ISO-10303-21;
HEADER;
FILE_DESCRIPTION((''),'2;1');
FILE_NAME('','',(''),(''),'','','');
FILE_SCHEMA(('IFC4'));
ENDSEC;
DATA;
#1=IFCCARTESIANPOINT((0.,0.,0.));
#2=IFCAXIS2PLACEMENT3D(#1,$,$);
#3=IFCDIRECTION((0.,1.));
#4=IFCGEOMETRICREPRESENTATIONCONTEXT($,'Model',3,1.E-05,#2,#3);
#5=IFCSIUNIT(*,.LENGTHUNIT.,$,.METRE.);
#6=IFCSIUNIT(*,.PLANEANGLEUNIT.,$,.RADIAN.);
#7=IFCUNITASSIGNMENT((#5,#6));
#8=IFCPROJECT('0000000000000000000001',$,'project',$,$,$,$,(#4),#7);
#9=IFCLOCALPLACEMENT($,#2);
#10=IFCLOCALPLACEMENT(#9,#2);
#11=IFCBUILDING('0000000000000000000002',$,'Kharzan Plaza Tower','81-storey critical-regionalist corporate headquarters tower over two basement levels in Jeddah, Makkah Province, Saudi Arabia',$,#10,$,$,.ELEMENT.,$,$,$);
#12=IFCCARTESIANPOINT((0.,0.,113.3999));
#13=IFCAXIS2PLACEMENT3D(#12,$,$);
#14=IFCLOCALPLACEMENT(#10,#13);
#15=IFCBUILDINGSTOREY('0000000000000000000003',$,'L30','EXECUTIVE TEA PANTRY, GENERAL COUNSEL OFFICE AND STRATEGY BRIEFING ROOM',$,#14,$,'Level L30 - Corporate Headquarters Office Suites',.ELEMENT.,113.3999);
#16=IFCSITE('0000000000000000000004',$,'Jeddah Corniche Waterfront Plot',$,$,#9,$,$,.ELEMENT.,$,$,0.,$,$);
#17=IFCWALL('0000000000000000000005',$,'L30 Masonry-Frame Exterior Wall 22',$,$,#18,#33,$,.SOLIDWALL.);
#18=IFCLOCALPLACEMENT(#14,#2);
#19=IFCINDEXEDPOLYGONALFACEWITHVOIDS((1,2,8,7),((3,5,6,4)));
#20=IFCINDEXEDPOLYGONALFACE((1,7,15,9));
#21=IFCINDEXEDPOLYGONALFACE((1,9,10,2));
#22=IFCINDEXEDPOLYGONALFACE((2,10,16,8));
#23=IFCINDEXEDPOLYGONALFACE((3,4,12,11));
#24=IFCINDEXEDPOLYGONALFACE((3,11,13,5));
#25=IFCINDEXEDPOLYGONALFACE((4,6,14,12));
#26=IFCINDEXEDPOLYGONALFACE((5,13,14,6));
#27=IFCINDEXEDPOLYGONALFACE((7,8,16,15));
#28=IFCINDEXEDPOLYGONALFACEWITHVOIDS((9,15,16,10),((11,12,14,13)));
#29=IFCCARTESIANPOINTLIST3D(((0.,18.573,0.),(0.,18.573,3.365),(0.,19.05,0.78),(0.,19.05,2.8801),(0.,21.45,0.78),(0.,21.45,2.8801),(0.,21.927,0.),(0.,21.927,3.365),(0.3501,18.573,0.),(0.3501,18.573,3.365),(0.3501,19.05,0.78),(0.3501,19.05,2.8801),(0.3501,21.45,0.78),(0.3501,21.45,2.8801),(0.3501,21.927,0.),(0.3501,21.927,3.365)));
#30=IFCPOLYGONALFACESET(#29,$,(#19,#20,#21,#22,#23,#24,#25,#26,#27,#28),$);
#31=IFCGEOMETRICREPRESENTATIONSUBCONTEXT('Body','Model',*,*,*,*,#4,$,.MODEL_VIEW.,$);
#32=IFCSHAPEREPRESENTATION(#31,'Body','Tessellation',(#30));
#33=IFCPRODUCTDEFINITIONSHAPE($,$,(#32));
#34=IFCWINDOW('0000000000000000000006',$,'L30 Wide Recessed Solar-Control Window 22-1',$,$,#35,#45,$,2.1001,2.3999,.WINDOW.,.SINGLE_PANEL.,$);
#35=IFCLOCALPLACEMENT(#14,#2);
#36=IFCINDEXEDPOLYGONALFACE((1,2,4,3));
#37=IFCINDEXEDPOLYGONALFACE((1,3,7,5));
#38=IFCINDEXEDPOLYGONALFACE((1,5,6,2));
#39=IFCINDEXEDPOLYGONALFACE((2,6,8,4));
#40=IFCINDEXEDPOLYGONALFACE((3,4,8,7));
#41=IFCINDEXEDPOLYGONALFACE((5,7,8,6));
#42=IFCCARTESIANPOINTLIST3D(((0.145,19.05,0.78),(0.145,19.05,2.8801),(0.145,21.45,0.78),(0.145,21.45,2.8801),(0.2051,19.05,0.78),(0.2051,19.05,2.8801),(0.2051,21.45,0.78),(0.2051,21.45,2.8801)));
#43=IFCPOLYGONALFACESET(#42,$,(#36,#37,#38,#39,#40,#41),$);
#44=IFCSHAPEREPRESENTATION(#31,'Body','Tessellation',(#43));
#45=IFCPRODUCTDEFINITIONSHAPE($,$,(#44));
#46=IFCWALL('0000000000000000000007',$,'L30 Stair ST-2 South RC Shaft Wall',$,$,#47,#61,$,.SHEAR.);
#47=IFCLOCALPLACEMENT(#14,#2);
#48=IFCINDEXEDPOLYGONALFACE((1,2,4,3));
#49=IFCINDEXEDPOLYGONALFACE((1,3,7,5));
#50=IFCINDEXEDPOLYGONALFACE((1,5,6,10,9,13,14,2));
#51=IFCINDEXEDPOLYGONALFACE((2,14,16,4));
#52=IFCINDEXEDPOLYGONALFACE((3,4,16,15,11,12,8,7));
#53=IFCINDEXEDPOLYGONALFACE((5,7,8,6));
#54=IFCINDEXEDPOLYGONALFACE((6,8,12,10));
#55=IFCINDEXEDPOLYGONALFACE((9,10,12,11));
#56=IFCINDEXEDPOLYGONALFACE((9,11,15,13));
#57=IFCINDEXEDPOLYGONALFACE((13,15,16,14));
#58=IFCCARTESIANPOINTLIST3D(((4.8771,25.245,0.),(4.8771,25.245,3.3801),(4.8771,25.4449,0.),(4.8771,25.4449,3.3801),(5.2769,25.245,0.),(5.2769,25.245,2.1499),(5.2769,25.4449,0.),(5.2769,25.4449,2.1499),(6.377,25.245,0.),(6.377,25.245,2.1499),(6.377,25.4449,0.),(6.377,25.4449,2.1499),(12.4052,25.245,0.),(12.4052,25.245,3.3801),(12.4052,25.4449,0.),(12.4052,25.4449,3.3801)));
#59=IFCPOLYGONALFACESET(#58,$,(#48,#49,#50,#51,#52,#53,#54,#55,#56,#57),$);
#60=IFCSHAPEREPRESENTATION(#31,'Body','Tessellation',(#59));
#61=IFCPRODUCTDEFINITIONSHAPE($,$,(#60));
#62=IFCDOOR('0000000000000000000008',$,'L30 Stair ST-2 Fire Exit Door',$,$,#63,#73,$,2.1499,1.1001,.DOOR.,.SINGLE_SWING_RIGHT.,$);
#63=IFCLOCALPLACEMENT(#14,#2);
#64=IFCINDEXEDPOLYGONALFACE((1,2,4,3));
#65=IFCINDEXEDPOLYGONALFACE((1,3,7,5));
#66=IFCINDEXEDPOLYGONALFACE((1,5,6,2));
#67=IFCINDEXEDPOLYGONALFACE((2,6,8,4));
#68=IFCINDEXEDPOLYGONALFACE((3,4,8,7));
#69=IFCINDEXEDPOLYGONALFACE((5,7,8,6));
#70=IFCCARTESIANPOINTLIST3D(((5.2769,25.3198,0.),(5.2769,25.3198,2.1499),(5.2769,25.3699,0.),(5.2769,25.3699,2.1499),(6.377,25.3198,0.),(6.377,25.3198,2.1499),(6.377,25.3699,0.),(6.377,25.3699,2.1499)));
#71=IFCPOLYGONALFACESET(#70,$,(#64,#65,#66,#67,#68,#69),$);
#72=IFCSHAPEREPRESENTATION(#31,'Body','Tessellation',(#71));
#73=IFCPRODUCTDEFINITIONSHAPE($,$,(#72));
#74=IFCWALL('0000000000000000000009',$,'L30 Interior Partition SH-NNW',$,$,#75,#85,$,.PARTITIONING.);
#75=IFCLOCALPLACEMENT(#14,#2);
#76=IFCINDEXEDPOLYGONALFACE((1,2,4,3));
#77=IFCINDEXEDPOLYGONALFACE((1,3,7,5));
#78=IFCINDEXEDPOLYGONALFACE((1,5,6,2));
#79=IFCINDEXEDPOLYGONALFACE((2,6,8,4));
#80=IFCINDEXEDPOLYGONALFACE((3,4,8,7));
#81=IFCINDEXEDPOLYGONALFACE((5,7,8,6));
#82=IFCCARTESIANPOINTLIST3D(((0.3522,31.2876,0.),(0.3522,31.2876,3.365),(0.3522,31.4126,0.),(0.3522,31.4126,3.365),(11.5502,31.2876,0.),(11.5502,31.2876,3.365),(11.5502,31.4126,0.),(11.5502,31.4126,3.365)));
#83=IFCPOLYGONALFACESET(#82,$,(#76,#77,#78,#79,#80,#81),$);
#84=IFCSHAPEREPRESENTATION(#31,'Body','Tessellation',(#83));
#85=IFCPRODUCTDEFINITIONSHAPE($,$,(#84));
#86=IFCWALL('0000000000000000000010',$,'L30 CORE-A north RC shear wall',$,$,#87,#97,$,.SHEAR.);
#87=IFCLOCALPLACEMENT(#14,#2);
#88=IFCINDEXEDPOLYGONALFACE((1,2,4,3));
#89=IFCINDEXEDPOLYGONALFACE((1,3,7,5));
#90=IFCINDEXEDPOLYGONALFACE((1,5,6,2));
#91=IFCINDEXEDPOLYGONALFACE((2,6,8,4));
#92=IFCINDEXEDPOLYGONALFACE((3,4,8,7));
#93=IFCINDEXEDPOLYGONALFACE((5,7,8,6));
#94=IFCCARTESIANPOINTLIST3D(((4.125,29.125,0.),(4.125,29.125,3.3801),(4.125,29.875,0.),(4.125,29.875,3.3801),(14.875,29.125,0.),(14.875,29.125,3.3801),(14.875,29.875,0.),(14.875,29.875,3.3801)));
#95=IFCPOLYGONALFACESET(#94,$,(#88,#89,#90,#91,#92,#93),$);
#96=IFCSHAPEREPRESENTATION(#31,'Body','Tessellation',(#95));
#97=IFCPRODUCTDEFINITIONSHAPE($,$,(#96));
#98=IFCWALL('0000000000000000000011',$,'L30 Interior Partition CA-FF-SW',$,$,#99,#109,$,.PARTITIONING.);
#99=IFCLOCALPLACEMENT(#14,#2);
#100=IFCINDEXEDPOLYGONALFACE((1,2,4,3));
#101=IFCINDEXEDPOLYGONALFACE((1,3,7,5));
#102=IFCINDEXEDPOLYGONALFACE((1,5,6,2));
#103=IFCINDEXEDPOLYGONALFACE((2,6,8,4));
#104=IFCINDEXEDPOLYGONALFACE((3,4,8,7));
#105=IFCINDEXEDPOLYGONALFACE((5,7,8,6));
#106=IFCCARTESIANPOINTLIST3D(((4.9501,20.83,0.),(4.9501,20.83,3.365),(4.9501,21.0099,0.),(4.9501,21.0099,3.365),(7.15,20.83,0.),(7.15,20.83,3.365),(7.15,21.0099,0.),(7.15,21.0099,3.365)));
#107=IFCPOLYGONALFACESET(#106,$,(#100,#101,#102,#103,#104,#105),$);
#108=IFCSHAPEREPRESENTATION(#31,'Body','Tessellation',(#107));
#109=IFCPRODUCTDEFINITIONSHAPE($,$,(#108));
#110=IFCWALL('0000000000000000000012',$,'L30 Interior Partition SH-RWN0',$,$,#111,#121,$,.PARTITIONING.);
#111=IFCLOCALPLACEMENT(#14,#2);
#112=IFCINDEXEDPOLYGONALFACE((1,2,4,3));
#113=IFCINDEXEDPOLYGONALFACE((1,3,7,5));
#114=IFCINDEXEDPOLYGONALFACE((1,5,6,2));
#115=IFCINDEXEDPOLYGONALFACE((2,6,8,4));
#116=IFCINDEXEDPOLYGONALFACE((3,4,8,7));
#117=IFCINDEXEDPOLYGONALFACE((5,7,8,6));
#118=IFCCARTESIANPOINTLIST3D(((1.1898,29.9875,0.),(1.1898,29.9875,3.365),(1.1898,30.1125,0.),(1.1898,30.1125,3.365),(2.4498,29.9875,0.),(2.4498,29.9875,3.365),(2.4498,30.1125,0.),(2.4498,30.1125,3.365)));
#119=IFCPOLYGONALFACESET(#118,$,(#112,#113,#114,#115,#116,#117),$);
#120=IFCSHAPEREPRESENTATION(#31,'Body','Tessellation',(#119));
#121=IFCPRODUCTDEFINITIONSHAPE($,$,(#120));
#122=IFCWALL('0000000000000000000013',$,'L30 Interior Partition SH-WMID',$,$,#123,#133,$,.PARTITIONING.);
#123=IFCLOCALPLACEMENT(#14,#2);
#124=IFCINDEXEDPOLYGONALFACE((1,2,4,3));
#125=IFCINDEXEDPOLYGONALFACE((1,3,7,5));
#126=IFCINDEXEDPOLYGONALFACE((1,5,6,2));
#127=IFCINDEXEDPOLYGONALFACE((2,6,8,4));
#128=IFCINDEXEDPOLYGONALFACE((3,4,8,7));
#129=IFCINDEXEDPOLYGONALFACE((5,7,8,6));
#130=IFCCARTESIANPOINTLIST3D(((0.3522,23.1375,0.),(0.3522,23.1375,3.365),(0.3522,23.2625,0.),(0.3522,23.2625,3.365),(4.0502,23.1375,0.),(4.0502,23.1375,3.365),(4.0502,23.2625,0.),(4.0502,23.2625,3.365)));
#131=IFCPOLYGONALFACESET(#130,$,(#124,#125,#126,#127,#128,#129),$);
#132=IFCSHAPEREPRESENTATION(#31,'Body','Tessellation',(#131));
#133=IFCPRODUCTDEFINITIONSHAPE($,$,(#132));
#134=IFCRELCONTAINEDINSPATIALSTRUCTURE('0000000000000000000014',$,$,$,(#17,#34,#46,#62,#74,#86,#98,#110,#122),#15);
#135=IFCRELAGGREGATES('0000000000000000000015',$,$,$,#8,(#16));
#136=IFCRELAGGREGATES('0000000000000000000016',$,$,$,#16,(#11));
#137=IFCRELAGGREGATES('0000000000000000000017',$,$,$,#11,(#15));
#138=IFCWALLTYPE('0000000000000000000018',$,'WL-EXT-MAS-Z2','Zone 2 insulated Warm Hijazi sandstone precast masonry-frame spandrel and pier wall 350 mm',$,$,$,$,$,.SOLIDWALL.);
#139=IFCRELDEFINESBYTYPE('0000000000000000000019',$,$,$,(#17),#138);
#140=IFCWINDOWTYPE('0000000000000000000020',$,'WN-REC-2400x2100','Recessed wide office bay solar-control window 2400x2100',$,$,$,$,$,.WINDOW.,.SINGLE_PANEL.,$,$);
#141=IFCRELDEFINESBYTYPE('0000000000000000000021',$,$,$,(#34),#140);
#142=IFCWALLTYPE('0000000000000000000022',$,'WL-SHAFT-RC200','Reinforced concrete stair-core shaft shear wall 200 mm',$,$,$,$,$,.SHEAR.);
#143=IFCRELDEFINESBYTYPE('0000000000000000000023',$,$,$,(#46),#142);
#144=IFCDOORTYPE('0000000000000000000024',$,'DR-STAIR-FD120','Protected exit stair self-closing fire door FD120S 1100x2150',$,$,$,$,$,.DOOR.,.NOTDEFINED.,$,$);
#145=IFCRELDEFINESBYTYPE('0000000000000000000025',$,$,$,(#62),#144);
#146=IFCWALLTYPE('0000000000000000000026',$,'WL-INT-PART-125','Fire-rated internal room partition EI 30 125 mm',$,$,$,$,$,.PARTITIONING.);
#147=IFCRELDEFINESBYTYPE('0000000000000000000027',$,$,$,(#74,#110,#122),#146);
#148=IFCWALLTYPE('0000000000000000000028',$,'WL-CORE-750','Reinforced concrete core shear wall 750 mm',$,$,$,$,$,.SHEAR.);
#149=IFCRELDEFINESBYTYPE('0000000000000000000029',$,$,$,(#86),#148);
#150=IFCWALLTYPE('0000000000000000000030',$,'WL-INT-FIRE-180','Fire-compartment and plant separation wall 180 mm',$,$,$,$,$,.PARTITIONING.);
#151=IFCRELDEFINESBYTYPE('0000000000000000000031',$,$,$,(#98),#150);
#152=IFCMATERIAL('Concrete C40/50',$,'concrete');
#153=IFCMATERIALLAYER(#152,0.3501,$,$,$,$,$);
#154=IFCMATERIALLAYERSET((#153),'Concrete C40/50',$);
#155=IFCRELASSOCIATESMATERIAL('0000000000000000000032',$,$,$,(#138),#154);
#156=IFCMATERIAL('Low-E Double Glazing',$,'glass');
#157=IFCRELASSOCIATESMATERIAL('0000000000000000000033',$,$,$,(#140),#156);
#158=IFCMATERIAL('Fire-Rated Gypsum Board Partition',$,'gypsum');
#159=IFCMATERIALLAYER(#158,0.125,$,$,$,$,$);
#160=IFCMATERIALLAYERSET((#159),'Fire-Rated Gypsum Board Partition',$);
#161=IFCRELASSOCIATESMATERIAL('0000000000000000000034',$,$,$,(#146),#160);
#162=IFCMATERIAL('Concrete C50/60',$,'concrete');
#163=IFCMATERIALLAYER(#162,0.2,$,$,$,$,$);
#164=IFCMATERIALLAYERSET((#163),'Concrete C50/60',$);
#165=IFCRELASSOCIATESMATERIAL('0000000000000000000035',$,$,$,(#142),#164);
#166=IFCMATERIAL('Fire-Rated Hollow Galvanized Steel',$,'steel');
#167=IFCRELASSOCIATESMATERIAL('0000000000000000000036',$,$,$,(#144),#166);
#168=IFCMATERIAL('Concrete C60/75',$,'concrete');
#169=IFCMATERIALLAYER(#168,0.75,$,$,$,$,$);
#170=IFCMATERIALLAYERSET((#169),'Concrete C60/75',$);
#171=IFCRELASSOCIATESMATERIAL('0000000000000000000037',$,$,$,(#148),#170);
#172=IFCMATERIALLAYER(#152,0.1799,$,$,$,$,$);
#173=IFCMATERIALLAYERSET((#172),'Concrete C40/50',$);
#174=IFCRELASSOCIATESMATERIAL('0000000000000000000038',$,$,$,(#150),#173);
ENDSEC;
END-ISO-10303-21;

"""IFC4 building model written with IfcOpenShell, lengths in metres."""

from ifc_helpers import new_model, si_unit, direction, frame, frame_2d, origin, place, context, subcontext, project, spatial, rectangle, extrude, source, transform, mapped, material, layer, layer_set, type_object, element, fill, save


model = new_model("IFC4")

# Units and contexts
model_context = context("Model", 3, precision=1e-05, world=origin(), true_north=direction((0.0, 1.0)))
body_context = subcontext(model_context, "Body", "Model", "MODEL_VIEW")
ifc_project = project(units=[si_unit("LENGTHUNIT", "METRE"), si_unit("PLANEANGLEUNIT", "RADIAN")], contexts=[model_context])

# Site, building, storey
site_placement = place(None, origin())
site = spatial("IfcSite", under=ifc_project, at=site_placement, Name="Jeddah Corniche Waterfront Plot", CompositionType="ELEMENT", RefElevation=0.0)
building_placement = place(site_placement, origin())
building = spatial("IfcBuilding", under=site, at=building_placement, Name="Kharzan Plaza Tower", Description="81-storey critical-regionalist corporate headquarters tower over two basement levels in Jeddah, Makkah Province, Saudi Arabia", CompositionType="ELEMENT")
storey_placement = place(building_placement, frame((0.0, 0.0, 113.3999)))
storey = spatial("IfcBuildingStorey", under=building, at=storey_placement, Name="L30", Description="EXECUTIVE TEA PANTRY, GENERAL COUNSEL OFFICE AND STRATEGY BRIEFING ROOM", LongName="Level L30 - Corporate Headquarters Office Suites", CompositionType="ELEMENT", Elevation=113.3999)

# Shared definitions
ifc_material_1 = material(Name="Concrete C60/75", Category="concrete")

# Wall, opening, window
ifc_material_2 = material(Name="Concrete C40/50", Category="concrete")
ifc_layer_1 = layer(ifc_material_2, 0.3501)
ifc_layer_set_1 = layer_set([ifc_layer_1], Name="Concrete C40/50")
wall_type_1 = type_object("IfcWallType", Name="WL-EXT-MAS-Z2", Description="Zone 2 insulated Warm Hijazi sandstone precast masonry-frame spandrel and pier wall 350 mm", PredefinedType="SOLIDWALL", material=ifc_layer_set_1)
ifc_material_3 = material(Name="Low-E Double Glazing", Category="glass")
wall_1_placement = place(storey_placement, frame((0.175, 21.927, 0.0), z_axis=(0.0, 0.0, 1.0), x_axis=(0.0, -1.0, 0.0)))
wall_1 = element("IfcWall", 1, at=wall_1_placement, inside=storey, type_object=wall_type_1, Name="L30 Masonry-Frame Exterior Wall 22", PredefinedType="SOLIDWALL", context=body_context, shape_type="SweptSolid", body=[
    extrude(rectangle(XDim=3.354, YDim=0.3501, at=frame_2d((1.677, 0.0))), origin(), (0.0, 0.0, 1.0), 3.365),
])
opening_1_placement = place(wall_1_placement, frame((0.4771, 0.0, 0.78)))
opening_1 = element("IfcOpeningElement", 2, at=opening_1_placement, cuts=wall_1, PredefinedType="OPENING", context=body_context, shape_type="SweptSolid", body=[
    extrude(rectangle(XDim=2.3999, YDim=2.1001, at=frame_2d((1.2, 1.05))), frame((0.0, 0.1851, 0.0), z_axis=(0.0, -1.0, 0.0), x_axis=(1.0, 0.0, 0.0)), (0.0, 0.0, 1.0), 0.3701),
])
window_type_1 = type_object("IfcWindowType", Name="WN-REC-2400x2100", Description="Recessed wide office bay solar-control window 2400x2100", PartitioningType="SINGLE_PANEL", PredefinedType="WINDOW", material=ifc_material_3)
shared_shape_1 = source(origin(), body_context, "Body", "SweptSolid", [
    extrude(rectangle(XDim=2.3999, YDim=2.1001, at=frame_2d((1.2, 1.05))), frame((0.0, 0.03, 0.0), z_axis=(0.0, -1.0, 0.0), x_axis=(1.0, 0.0, 0.0)), (0.0, 0.0, 1.0), 0.0601),
])
window_1_placement = place(opening_1_placement, origin())
window_1 = element("IfcWindow", 3, at=window_1_placement, inside=storey, type_object=window_type_1, Name="L30 Wide Recessed Solar-Control Window 22-1", OverallHeight=2.1001, OverallWidth=2.3999, PartitioningType="SINGLE_PANEL", PredefinedType="WINDOW", context=body_context, shape_type="MappedRepresentation", body=[
    mapped(shared_shape_1, transform((0.0, 0.0, 0.0), x_axis=(1.0, 0.0, 0.0), y_axis=(0.0, 1.0, 0.0), z_axis=(0.0, 0.0, 1.0))),
])
fill(opening_1, window_1)

# Wall, opening, door
ifc_material_4 = material(Name="Fire-Rated Gypsum Board Partition", Category="gypsum")
ifc_layer_2 = layer(ifc_material_4, 0.125)
ifc_layer_set_2 = layer_set([ifc_layer_2], Name="Fire-Rated Gypsum Board Partition")
wall_type_2 = type_object("IfcWallType", Name="WL-INT-PART-125", Description="Fire-rated internal room partition EI 30 125 mm", PredefinedType="PARTITIONING", material=ifc_layer_set_2)
ifc_material_5 = material(Name="Concrete C50/60", Category="concrete")
ifc_layer_3 = layer(ifc_material_5, 0.2)
ifc_layer_set_3 = layer_set([ifc_layer_3], Name="Concrete C50/60")
wall_type_3 = type_object("IfcWallType", Name="WL-SHAFT-RC200", Description="Reinforced concrete stair-core shaft shear wall 200 mm", PredefinedType="SHEAR", material=ifc_layer_set_3)
wall_2_placement = place(storey_placement, frame((4.877, 25.345, 0.0), z_axis=(0.0, 0.0, 1.0), x_axis=(1.0, 0.0, 0.0)))
wall_2 = element("IfcWall", 4, at=wall_2_placement, inside=storey, type_object=wall_type_3, Name="L30 Stair ST-2 South RC Shaft Wall", PredefinedType="SHEAR", context=body_context, shape_type="SweptSolid", body=[
    extrude(rectangle(XDim=7.5281, YDim=0.2, at=frame_2d((3.7642, 0.0))), origin(), (0.0, 0.0, 1.0), 3.3801),
])
opening_2_placement = place(wall_2_placement, frame((0.3999, 0.0, 0.0)))
opening_2 = element("IfcOpeningElement", 5, at=opening_2_placement, cuts=wall_2, PredefinedType="OPENING", context=body_context, shape_type="SweptSolid", body=[
    extrude(rectangle(XDim=1.1001, YDim=2.1499, at=frame_2d((0.55, 1.075))), frame((0.0, 0.1099, 0.0), z_axis=(0.0, -1.0, 0.0), x_axis=(1.0, 0.0, 0.0)), (0.0, 0.0, 1.0), 0.22),
])
ifc_material_6 = material(Name="Fire-Rated Hollow Galvanized Steel", Category="steel")
door_type_1 = type_object("IfcDoorType", Name="DR-STAIR-FD120", Description="Protected exit stair self-closing fire door FD120S 1100x2150", OperationType="NOTDEFINED", PredefinedType="DOOR", material=ifc_material_6)
shared_shape_2 = source(origin(), body_context, "Body", "SweptSolid", [
    extrude(rectangle(XDim=1.1001, YDim=2.1499, at=frame_2d((0.55, 1.075))), frame((0.0, 0.0249, 0.0), z_axis=(0.0, -1.0, 0.0), x_axis=(1.0, 0.0, 0.0)), (0.0, 0.0, 1.0), 0.05),
])
door_1_placement = place(opening_2_placement, origin())
door_1 = element("IfcDoor", 6, at=door_1_placement, inside=storey, type_object=door_type_1, Name="L30 Stair ST-2 Fire Exit Door", OperationType="SINGLE_SWING_RIGHT", OverallHeight=2.1499, OverallWidth=1.1001, PredefinedType="DOOR", context=body_context, shape_type="MappedRepresentation", body=[
    mapped(shared_shape_2, transform((0.0, 0.0, 0.0), x_axis=(1.0, 0.0, 0.0), y_axis=(0.0, 1.0, 0.0), z_axis=(0.0, 0.0, 1.0))),
])
fill(opening_2, door_1)

# Walls
shared_shape_3 = source(origin(), body_context, "Body", "SweptSolid", [
    extrude(rectangle(XDim=11.198, YDim=0.125, at=frame_2d((5.5991, 0.0))), origin(), (0.0, 0.0, 1.0), 3.365),
])
wall_3_placement = place(storey_placement, frame((0.3521, 31.3501, 0.0), z_axis=(0.0, 0.0, 1.0), x_axis=(1.0, 0.0, 0.0)))
element("IfcWall", 7, at=wall_3_placement, inside=storey, type_object=wall_type_2, Name="L30 Interior Partition SH-NNW", PredefinedType="PARTITIONING", context=body_context, shape_type="MappedRepresentation", body=[
    mapped(shared_shape_3, transform((0.0, 0.0, 0.0), x_axis=(1.0, 0.0, 0.0), y_axis=(0.0, 1.0, 0.0), z_axis=(0.0, 0.0, 1.0))),
])
ifc_layer_4 = layer(ifc_material_1, 0.75)
ifc_layer_set_4 = layer_set([ifc_layer_4], Name="Concrete C60/75")
wall_type_4 = type_object("IfcWallType", Name="WL-CORE-750", Description="Reinforced concrete core shear wall 750 mm", PredefinedType="SHEAR", material=ifc_layer_set_4)
shared_shape_4 = source(origin(), body_context, "Body", "SweptSolid", [
    extrude(rectangle(XDim=10.75, YDim=0.75, at=frame_2d((5.375, 0.0))), origin(), (0.0, 0.0, 1.0), 3.3801),
])
wall_4_placement = place(storey_placement, frame((4.125, 29.5, 0.0), z_axis=(0.0, 0.0, 1.0), x_axis=(1.0, 0.0, 0.0)))
element("IfcWall", 8, at=wall_4_placement, inside=storey, type_object=wall_type_4, Name="L30 CORE-A north RC shear wall", PredefinedType="SHEAR", context=body_context, shape_type="MappedRepresentation", body=[
    mapped(shared_shape_4, transform((0.0, 0.0, 0.0), x_axis=(1.0, 0.0, 0.0), y_axis=(0.0, 1.0, 0.0), z_axis=(0.0, 0.0, 1.0))),
])
ifc_layer_5 = layer(ifc_material_2, 0.1799)
ifc_layer_set_5 = layer_set([ifc_layer_5], Name="Concrete C40/50")
wall_type_5 = type_object("IfcWallType", Name="WL-INT-FIRE-180", Description="Fire-compartment and plant separation wall 180 mm", PredefinedType="PARTITIONING", material=ifc_layer_set_5)
shared_shape_5 = source(origin(), body_context, "Body", "SweptSolid", [
    extrude(rectangle(XDim=2.2, YDim=0.1799, at=frame_2d((1.1001, 0.0))), origin(), (0.0, 0.0, 1.0), 3.365),
])
wall_5_placement = place(storey_placement, frame((4.95, 20.9199, 0.0), z_axis=(0.0, 0.0, 1.0), x_axis=(1.0, 0.0, 0.0)))
element("IfcWall", 9, at=wall_5_placement, inside=storey, type_object=wall_type_5, Name="L30 Interior Partition CA-FF-SW", PredefinedType="PARTITIONING", context=body_context, shape_type="MappedRepresentation", body=[
    mapped(shared_shape_5, transform((0.0, 0.0, 0.0), x_axis=(1.0, 0.0, 0.0), y_axis=(0.0, 1.0, 0.0), z_axis=(0.0, 0.0, 1.0))),
])
shared_shape_6 = source(origin(), body_context, "Body", "SweptSolid", [
    extrude(rectangle(XDim=1.26, YDim=0.125, at=frame_2d((0.6299, 0.0))), origin(), (0.0, 0.0, 1.0), 3.365),
])
wall_6_placement = place(storey_placement, frame((1.1899, 30.05, 0.0), z_axis=(0.0, 0.0, 1.0), x_axis=(1.0, 0.0, 0.0)))
element("IfcWall", 10, at=wall_6_placement, inside=storey, type_object=wall_type_2, Name="L30 Interior Partition SH-RWN0", PredefinedType="PARTITIONING", context=body_context, shape_type="MappedRepresentation", body=[
    mapped(shared_shape_6, transform((0.0, 0.0, 0.0), x_axis=(1.0, 0.0, 0.0), y_axis=(0.0, 1.0, 0.0), z_axis=(0.0, 0.0, 1.0))),
])
shared_shape_7 = source(origin(), body_context, "Body", "SweptSolid", [
    extrude(rectangle(XDim=3.698, YDim=0.125, at=frame_2d((1.8491, 0.0))), origin(), (0.0, 0.0, 1.0), 3.365),
])
wall_7_placement = place(storey_placement, frame((0.3521, 23.2, 0.0), z_axis=(0.0, 0.0, 1.0), x_axis=(1.0, 0.0, 0.0)))
element("IfcWall", 11, at=wall_7_placement, inside=storey, type_object=wall_type_2, Name="L30 Interior Partition SH-WMID", PredefinedType="PARTITIONING", context=body_context, shape_type="MappedRepresentation", body=[
    mapped(shared_shape_7, transform((0.0, 0.0, 0.0), x_axis=(1.0, 0.0, 0.0), y_axis=(0.0, 1.0, 0.0), z_axis=(0.0, 0.0, 1.0))),
])

save(model, "model.ifc")
